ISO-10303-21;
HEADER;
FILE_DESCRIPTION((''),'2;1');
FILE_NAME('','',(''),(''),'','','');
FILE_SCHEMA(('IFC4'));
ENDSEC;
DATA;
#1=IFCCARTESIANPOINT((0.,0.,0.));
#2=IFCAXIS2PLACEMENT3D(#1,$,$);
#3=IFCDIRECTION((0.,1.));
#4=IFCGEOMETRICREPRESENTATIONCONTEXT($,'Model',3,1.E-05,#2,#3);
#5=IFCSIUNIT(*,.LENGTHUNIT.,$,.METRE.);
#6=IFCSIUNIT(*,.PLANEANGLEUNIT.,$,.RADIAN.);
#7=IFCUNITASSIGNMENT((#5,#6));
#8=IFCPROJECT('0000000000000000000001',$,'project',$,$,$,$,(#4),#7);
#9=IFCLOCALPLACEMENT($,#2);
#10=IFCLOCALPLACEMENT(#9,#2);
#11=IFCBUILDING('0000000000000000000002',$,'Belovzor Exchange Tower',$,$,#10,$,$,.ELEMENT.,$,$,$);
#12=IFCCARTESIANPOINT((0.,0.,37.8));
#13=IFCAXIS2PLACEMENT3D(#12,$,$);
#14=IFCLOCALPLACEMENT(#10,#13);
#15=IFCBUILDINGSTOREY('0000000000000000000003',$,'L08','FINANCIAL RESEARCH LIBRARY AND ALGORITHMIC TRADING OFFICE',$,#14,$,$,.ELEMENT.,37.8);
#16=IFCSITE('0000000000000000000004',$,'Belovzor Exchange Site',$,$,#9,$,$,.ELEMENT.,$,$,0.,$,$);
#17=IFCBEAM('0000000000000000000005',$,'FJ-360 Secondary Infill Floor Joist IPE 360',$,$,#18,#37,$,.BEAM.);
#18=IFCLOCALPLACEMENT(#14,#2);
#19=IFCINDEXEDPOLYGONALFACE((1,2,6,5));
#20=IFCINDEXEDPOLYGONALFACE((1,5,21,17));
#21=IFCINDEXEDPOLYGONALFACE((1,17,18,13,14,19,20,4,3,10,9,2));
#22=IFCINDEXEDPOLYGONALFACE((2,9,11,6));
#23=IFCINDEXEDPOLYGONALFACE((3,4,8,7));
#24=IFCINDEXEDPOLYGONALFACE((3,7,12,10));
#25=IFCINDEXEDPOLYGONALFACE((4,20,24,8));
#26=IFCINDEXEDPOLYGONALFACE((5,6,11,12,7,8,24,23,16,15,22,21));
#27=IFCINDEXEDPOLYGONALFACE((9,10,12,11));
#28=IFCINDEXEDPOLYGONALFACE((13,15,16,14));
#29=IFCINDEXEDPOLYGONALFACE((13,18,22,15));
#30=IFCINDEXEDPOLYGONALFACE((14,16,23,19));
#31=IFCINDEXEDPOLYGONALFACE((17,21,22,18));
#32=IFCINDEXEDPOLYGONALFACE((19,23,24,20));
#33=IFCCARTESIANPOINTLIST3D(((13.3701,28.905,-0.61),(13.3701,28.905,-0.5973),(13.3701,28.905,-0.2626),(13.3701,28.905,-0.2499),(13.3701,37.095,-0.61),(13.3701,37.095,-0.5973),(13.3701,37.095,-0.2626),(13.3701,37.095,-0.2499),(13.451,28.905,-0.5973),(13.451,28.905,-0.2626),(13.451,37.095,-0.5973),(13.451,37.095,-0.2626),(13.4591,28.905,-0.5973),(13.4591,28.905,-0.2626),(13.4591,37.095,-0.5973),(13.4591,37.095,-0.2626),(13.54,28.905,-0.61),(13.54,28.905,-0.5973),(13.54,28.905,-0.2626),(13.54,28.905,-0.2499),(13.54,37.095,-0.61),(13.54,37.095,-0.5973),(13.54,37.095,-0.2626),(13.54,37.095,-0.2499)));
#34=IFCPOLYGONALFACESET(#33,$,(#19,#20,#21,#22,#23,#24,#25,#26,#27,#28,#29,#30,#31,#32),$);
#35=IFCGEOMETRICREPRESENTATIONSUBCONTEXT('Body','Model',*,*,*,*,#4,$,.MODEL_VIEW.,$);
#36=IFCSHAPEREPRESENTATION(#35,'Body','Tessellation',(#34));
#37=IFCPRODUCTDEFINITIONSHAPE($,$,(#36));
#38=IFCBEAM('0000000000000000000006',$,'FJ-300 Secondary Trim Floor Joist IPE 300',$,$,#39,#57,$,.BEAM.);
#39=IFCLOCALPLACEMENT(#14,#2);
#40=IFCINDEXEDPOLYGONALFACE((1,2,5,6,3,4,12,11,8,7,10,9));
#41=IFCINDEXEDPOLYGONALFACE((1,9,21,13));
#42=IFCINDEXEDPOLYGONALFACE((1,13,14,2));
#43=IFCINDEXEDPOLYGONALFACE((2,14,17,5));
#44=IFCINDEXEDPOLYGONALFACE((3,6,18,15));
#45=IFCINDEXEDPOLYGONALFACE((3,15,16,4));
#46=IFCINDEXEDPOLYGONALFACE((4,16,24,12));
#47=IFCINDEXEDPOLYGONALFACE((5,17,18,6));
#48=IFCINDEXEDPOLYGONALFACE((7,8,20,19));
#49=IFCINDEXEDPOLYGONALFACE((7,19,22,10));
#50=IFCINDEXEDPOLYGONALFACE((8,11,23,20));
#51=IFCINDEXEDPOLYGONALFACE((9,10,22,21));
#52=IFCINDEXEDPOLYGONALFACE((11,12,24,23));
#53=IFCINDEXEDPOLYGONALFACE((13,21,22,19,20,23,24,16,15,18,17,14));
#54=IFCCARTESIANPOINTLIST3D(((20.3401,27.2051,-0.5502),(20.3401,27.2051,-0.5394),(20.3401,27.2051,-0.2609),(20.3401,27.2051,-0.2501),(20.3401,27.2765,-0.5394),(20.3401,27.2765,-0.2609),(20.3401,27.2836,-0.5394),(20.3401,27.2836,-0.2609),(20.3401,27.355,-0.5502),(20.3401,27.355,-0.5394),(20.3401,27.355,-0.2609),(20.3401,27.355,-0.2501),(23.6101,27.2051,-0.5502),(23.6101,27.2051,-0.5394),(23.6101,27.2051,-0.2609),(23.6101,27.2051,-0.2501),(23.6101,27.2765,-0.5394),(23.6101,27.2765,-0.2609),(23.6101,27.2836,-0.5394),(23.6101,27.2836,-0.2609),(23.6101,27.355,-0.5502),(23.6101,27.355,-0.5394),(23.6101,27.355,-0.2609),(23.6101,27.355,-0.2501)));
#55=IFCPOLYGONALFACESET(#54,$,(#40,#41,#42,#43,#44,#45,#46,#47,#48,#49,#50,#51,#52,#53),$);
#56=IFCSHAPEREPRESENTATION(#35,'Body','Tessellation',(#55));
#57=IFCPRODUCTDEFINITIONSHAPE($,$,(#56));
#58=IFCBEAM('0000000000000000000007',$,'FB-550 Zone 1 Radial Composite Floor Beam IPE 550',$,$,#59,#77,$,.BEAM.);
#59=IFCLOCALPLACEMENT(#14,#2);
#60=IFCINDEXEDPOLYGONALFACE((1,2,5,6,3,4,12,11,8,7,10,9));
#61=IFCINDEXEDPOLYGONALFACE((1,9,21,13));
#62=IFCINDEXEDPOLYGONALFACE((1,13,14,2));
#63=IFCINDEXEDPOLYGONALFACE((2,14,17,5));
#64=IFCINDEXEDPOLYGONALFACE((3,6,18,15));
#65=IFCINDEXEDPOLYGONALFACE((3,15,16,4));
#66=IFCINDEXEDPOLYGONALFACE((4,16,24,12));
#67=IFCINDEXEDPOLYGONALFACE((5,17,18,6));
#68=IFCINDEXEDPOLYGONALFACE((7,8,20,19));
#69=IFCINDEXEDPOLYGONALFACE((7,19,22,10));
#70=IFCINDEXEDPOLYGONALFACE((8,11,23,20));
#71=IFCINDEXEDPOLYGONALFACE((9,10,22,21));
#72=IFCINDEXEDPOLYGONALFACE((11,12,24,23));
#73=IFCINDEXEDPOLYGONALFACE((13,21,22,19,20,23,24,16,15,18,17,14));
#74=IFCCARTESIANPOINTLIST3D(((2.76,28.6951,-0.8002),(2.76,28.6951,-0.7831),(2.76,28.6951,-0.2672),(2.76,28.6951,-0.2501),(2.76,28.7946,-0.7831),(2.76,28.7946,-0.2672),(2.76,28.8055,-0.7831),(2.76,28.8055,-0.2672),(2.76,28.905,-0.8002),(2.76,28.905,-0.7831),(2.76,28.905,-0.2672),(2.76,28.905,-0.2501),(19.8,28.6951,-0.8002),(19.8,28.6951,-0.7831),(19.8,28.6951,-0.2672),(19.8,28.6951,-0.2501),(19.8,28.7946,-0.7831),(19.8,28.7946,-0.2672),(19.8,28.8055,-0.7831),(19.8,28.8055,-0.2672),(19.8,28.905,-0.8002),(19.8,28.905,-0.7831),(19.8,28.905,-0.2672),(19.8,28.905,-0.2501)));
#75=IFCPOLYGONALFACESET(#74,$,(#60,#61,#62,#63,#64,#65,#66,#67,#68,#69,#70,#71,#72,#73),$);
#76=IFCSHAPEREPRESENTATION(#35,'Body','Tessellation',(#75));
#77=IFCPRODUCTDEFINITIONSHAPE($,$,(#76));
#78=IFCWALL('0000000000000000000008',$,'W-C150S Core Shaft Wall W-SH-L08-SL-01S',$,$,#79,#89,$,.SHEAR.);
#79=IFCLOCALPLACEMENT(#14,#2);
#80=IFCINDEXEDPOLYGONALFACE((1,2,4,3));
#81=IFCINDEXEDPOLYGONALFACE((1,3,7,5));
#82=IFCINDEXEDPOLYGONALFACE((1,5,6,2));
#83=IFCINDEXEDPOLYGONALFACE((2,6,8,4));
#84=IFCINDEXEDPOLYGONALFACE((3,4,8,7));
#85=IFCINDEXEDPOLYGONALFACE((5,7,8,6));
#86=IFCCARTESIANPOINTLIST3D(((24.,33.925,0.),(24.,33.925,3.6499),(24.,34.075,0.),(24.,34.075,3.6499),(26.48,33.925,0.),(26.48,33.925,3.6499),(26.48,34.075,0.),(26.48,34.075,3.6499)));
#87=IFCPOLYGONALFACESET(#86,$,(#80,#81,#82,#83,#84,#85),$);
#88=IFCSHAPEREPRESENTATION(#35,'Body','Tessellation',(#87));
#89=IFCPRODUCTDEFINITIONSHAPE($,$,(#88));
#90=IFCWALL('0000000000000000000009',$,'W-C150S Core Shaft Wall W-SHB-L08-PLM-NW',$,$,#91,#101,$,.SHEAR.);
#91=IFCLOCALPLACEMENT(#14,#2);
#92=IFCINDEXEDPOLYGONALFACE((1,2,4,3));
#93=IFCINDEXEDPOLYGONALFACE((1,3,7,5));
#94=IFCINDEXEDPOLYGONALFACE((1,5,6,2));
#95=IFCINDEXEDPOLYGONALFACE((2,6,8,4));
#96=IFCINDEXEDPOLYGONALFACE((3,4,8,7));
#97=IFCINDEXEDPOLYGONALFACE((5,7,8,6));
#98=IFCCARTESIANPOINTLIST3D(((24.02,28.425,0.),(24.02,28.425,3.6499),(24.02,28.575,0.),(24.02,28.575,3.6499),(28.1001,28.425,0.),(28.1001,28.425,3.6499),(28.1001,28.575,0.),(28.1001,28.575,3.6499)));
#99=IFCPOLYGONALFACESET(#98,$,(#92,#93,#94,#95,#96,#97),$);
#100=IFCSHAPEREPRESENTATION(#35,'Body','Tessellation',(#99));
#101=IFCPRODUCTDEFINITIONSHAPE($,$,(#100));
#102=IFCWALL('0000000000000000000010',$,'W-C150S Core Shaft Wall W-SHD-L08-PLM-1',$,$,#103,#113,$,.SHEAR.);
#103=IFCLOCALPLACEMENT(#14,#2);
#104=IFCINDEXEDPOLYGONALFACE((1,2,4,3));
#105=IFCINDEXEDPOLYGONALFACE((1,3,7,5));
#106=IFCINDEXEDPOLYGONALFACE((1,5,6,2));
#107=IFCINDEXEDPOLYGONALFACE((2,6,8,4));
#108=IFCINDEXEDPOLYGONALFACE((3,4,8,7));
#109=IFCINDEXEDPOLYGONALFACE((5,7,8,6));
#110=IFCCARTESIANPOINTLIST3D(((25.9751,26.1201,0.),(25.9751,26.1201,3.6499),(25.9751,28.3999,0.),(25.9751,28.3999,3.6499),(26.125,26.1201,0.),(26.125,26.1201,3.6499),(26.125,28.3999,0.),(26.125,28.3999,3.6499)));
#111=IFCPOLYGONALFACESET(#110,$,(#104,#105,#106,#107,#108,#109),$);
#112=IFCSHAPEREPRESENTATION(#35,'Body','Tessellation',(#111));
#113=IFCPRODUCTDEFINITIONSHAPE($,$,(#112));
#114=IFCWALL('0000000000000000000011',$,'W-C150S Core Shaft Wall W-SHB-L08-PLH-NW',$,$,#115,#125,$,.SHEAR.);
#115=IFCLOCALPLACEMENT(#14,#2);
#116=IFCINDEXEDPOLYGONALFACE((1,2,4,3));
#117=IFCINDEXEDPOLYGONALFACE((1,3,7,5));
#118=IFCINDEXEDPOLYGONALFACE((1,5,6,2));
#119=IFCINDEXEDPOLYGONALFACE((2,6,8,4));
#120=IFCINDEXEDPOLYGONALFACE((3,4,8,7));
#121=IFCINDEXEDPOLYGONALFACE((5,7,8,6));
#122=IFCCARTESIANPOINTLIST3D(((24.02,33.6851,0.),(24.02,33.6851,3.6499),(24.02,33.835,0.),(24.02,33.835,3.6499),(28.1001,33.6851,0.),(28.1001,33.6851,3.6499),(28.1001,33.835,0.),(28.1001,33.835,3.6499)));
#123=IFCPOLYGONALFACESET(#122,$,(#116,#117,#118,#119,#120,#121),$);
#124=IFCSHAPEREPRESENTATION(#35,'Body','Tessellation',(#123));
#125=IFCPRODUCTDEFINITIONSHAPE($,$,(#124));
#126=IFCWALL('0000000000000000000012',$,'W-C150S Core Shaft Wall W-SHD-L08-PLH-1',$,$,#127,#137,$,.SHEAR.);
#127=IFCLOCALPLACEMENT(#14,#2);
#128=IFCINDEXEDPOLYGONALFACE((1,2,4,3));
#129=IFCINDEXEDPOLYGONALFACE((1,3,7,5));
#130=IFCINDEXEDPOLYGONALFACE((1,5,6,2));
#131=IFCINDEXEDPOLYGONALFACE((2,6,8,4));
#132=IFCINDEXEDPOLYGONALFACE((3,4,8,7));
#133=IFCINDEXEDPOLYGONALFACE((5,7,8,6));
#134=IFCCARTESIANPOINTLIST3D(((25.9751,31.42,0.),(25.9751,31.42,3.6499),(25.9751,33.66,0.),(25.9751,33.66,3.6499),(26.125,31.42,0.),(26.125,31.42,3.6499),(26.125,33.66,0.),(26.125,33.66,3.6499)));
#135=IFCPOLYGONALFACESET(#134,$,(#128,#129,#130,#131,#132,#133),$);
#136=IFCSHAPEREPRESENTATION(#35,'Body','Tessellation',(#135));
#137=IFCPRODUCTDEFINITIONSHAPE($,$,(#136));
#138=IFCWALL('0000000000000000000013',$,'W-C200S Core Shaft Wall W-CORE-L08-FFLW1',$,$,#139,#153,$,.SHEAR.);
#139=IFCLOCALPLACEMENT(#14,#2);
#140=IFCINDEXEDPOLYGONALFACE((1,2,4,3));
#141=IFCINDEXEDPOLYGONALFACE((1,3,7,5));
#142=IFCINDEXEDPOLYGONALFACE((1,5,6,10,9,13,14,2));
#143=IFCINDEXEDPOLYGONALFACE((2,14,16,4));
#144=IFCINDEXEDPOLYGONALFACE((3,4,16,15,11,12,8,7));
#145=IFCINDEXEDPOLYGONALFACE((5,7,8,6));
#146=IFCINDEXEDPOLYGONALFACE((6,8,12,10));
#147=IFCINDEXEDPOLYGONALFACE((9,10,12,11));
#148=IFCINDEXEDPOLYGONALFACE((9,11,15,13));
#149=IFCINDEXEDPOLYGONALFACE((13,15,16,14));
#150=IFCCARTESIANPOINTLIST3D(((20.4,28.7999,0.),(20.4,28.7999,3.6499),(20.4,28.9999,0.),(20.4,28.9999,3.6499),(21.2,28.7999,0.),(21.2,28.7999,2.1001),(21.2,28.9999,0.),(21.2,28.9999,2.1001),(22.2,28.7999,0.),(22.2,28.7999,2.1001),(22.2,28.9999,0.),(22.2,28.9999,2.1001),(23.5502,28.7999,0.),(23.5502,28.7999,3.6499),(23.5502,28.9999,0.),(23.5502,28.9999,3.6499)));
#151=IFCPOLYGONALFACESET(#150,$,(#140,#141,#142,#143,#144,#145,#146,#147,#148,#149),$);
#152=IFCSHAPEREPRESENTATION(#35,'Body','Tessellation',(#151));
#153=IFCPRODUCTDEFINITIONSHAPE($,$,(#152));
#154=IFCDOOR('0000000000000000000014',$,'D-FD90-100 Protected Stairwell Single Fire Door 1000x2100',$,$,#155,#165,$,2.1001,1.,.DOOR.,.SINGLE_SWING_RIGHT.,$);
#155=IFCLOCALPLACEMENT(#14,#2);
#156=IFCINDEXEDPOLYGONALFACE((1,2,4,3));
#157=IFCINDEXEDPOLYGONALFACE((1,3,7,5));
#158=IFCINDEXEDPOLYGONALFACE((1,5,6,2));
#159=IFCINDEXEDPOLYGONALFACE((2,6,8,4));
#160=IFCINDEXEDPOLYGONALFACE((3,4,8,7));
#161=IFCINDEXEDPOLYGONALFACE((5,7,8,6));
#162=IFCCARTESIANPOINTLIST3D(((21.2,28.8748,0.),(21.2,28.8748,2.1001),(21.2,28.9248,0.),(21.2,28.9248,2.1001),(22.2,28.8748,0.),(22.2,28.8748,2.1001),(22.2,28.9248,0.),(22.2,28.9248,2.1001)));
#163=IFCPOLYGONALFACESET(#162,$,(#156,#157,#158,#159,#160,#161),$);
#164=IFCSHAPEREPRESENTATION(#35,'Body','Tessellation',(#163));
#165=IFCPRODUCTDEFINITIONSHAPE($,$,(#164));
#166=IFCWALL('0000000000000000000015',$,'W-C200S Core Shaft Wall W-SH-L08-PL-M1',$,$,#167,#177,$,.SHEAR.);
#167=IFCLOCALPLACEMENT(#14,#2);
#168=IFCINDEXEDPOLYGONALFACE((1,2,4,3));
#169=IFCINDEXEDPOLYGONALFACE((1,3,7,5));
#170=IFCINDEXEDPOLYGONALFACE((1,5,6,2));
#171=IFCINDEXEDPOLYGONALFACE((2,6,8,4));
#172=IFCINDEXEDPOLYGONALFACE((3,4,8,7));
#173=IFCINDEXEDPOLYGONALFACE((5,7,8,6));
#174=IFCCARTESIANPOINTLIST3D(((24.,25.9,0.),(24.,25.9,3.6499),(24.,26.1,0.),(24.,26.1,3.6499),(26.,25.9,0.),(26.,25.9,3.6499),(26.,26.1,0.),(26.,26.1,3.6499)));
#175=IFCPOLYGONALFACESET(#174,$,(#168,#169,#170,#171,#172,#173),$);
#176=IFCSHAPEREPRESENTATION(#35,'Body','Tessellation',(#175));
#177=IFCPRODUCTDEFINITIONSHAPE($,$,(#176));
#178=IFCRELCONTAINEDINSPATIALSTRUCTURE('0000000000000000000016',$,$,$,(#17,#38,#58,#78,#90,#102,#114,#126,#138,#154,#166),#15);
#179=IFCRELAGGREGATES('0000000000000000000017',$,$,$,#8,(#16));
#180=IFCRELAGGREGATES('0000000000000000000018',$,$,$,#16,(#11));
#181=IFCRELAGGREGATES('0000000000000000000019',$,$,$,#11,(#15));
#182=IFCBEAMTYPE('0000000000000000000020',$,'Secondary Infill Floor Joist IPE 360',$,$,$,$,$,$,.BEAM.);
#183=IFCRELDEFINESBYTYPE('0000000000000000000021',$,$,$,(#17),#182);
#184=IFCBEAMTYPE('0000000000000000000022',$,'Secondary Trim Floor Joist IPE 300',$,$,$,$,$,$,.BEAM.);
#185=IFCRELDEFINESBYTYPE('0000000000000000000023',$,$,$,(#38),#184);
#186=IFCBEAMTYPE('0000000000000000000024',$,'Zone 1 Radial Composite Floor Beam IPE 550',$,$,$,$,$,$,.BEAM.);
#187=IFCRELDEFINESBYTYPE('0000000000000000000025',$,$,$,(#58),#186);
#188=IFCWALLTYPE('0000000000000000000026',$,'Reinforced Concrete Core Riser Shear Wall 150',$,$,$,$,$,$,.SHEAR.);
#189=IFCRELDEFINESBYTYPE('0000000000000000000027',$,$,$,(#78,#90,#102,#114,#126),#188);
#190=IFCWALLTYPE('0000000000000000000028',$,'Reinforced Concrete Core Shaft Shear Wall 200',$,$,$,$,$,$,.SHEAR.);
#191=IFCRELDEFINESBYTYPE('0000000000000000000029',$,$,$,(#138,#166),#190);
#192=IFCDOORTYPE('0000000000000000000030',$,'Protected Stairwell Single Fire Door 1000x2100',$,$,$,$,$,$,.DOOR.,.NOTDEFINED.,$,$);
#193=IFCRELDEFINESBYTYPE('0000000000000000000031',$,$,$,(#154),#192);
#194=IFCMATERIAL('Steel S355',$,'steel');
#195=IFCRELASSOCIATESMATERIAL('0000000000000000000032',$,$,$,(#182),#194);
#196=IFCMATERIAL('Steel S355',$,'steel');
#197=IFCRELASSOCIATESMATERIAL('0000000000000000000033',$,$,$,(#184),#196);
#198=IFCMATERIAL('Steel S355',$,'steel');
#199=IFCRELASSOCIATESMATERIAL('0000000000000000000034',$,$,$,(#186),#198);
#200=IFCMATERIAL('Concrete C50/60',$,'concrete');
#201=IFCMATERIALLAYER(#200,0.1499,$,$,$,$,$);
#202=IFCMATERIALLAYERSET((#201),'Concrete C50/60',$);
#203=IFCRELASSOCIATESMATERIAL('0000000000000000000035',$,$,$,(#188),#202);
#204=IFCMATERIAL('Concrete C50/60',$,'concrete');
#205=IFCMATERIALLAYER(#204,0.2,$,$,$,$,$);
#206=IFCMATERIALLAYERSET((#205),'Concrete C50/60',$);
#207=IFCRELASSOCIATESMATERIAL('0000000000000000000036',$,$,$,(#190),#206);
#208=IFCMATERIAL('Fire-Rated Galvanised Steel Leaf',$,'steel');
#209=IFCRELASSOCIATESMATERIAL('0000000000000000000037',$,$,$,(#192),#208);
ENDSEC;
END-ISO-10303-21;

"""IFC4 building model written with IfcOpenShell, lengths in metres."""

from ifc_helpers import new_model, si_unit, direction, frame, frame_2d, origin, origin_2d, place, context, subcontext, project, spatial, rectangle, i_section, extrude, material, layer, layer_set, material_profile, profile_set, type_object, element, fill, save


model = new_model("IFC4")

# Units and contexts
model_context = context("Model", 3, precision=1e-05, world=origin(), true_north=direction((0.0, 1.0)))
body_context = subcontext(model_context, "Body", "Model", "MODEL_VIEW")
ifc_project = project(units=[si_unit("LENGTHUNIT", "METRE"), si_unit("PLANEANGLEUNIT", "RADIAN")], contexts=[model_context])

# Site, building, storey
site_placement = place(None, origin())
site = spatial("IfcSite", under=ifc_project, at=site_placement, Name="Belovzor Exchange Site", CompositionType="ELEMENT", RefElevation=0.0)
building_placement = place(site_placement, origin())
building = spatial("IfcBuilding", under=site, at=building_placement, Name="Belovzor Exchange Tower", CompositionType="ELEMENT")
storey_placement = place(building_placement, frame((0.0, 0.0, 37.8)))
storey = spatial("IfcBuildingStorey", under=building, at=storey_placement, Name="L08", Description="FINANCIAL RESEARCH LIBRARY AND ALGORITHMIC TRADING OFFICE", CompositionType="ELEMENT", Elevation=37.8)

# Beams
ifc_material_1 = material(Name="Steel S355", Category="steel")
ifc_material_profile_1 = material_profile(ifc_material_1, i_section(OverallWidth=0.1699, OverallDepth=0.3601, WebThickness=0.0081, FlangeThickness=0.0127, at=origin_2d()))
ifc_profile_set_1 = profile_set([ifc_material_profile_1], Name="Steel S355")
beam_type_1 = type_object("IfcBeamType", Name="Secondary Infill Floor Joist IPE 360", PredefinedType="BEAM", material=ifc_profile_set_1)
beam_1_placement = place(storey_placement, frame((13.4551, 28.905, -0.4299), z_axis=(0.0, 1.0, 0.0), x_axis=(-1.0, 0.0, 0.0)))
element("IfcBeam", 1, at=beam_1_placement, inside=storey, type_object=beam_type_1, Name="FJ-360 Secondary Infill Floor Joist IPE 360", PredefinedType="BEAM", context=body_context, shape_type="SweptSolid", body=[
    extrude(i_section(OverallWidth=0.1699, OverallDepth=0.3601, WebThickness=0.0081, FlangeThickness=0.0127, at=origin_2d()), origin(), (0.0, 0.0, 1.0), 8.1899),
])
ifc_material_2 = material(Name="Steel S355", Category="steel")
ifc_material_profile_2 = material_profile(ifc_material_2, i_section(OverallWidth=0.1499, OverallDepth=0.3, WebThickness=0.0071, FlangeThickness=0.0107, at=origin_2d()))
ifc_profile_set_2 = profile_set([ifc_material_profile_2], Name="Steel S355")
beam_type_2 = type_object("IfcBeamType", Name="Secondary Trim Floor Joist IPE 300", PredefinedType="BEAM", material=ifc_profile_set_2)
beam_2_placement = place(storey_placement, frame((20.3401, 27.28, -0.4001), z_axis=(1.0, 0.0, 0.0), x_axis=(0.0, 1.0, 0.0)))
element("IfcBeam", 2, at=beam_2_placement, inside=storey, type_object=beam_type_2, Name="FJ-300 Secondary Trim Floor Joist IPE 300", PredefinedType="BEAM", context=body_context, shape_type="SweptSolid", body=[
    extrude(i_section(OverallWidth=0.1499, OverallDepth=0.3, WebThickness=0.0071, FlangeThickness=0.0107, at=origin_2d()), origin(), (0.0, 0.0, 1.0), 3.27),
])
ifc_material_3 = material(Name="Steel S355", Category="steel")
ifc_material_profile_3 = material_profile(ifc_material_3, i_section(OverallWidth=0.21, OverallDepth=0.55, WebThickness=0.011, FlangeThickness=0.0171, at=origin_2d()))
ifc_profile_set_3 = profile_set([ifc_material_profile_3], Name="Steel S355")
beam_type_3 = type_object("IfcBeamType", Name="Zone 1 Radial Composite Floor Beam IPE 550", PredefinedType="BEAM", material=ifc_profile_set_3)
beam_3_placement = place(storey_placement, frame((19.8, 28.8, -0.5251), z_axis=(-1.0, 0.0, 0.0), x_axis=(0.0, -1.0, 0.0)))
element("IfcBeam", 3, at=beam_3_placement, inside=storey, type_object=beam_type_3, Name="FB-550 Zone 1 Radial Composite Floor Beam IPE 550", PredefinedType="BEAM", context=body_context, shape_type="SweptSolid", body=[
    extrude(i_section(OverallWidth=0.21, OverallDepth=0.55, WebThickness=0.011, FlangeThickness=0.0171, at=origin_2d()), origin(), (0.0, 0.0, 1.0), 17.04),
])

# Walls
ifc_material_4 = material(Name="Concrete C50/60", Category="concrete")
ifc_layer_1 = layer(ifc_material_4, 0.1499)
ifc_layer_set_1 = layer_set([ifc_layer_1], Name="Concrete C50/60")
wall_type_1 = type_object("IfcWallType", Name="Reinforced Concrete Core Riser Shear Wall 150", PredefinedType="SHEAR", material=ifc_layer_set_1)
wall_1_placement = place(storey_placement, frame((24.0, 34.0, 0.0), z_axis=(0.0, 0.0, 1.0), x_axis=(1.0, 0.0, 0.0)))
element("IfcWall", 4, at=wall_1_placement, inside=storey, type_object=wall_type_1, Name="W-C150S Core Shaft Wall W-SH-L08-SL-01S", PredefinedType="SHEAR", context=body_context, shape_type="SweptSolid", body=[
    extrude(rectangle(XDim=2.48, YDim=0.1499, at=frame_2d((1.24, 0.0))), origin(), (0.0, 0.0, 1.0), 3.6499),
])
wall_2_placement = place(storey_placement, frame((24.02, 28.5, 0.0), z_axis=(0.0, 0.0, 1.0), x_axis=(1.0, 0.0, 0.0)))
element("IfcWall", 5, at=wall_2_placement, inside=storey, type_object=wall_type_1, Name="W-C150S Core Shaft Wall W-SHB-L08-PLM-NW", PredefinedType="SHEAR", context=body_context, shape_type="SweptSolid", body=[
    extrude(rectangle(XDim=4.0801, YDim=0.1499, at=frame_2d((2.04, 0.0))), origin(), (0.0, 0.0, 1.0), 3.6499),
])
wall_3_placement = place(storey_placement, frame((26.05, 26.1201, 0.0), z_axis=(0.0, 0.0, 1.0), x_axis=(0.0, 1.0, 0.0)))
element("IfcWall", 6, at=wall_3_placement, inside=storey, type_object=wall_type_1, Name="W-C150S Core Shaft Wall W-SHD-L08-PLM-1", PredefinedType="SHEAR", context=body_context, shape_type="SweptSolid", body=[
    extrude(rectangle(XDim=2.2798, YDim=0.1499, at=frame_2d((1.1399, 0.0))), origin(), (0.0, 0.0, 1.0), 3.6499),
])
wall_4_placement = place(storey_placement, frame((24.02, 33.76, 0.0), z_axis=(0.0, 0.0, 1.0), x_axis=(1.0, 0.0, 0.0)))
element("IfcWall", 7, at=wall_4_placement, inside=storey, type_object=wall_type_1, Name="W-C150S Core Shaft Wall W-SHB-L08-PLH-NW", PredefinedType="SHEAR", context=body_context, shape_type="SweptSolid", body=[
    extrude(rectangle(XDim=4.0801, YDim=0.1499, at=frame_2d((2.04, 0.0))), origin(), (0.0, 0.0, 1.0), 3.6499),
])
wall_5_placement = place(storey_placement, frame((26.05, 31.4199, 0.0), z_axis=(0.0, 0.0, 1.0), x_axis=(0.0, 1.0, 0.0)))
element("IfcWall", 8, at=wall_5_placement, inside=storey, type_object=wall_type_1, Name="W-C150S Core Shaft Wall W-SHD-L08-PLH-1", PredefinedType="SHEAR", context=body_context, shape_type="SweptSolid", body=[
    extrude(rectangle(XDim=2.24, YDim=0.1499, at=frame_2d((1.1201, 0.0))), origin(), (0.0, 0.0, 1.0), 3.6499),
])

# Wall, opening, door
ifc_material_5 = material(Name="Concrete C50/60", Category="concrete")
ifc_layer_2 = layer(ifc_material_5, 0.2)
ifc_layer_set_2 = layer_set([ifc_layer_2], Name="Concrete C50/60")
wall_type_2 = type_object("IfcWallType", Name="Reinforced Concrete Core Shaft Shear Wall 200", PredefinedType="SHEAR", material=ifc_layer_set_2)
wall_6_placement = place(storey_placement, frame((20.3999, 28.8999, 0.0), z_axis=(0.0, 0.0, 1.0), x_axis=(1.0, 0.0, 0.0)))
wall_6 = element("IfcWall", 9, at=wall_6_placement, inside=storey, type_object=wall_type_2, Name="W-C200S Core Shaft Wall W-CORE-L08-FFLW1", PredefinedType="SHEAR", context=body_context, shape_type="SweptSolid", body=[
    extrude(rectangle(XDim=3.1501, YDim=0.2, at=frame_2d((1.5752, 0.0))), origin(), (0.0, 0.0, 1.0), 3.6499),
])
opening_1_placement = place(wall_6_placement, frame((0.8, 0.0, 0.0)))
opening_1 = element("IfcOpeningElement", 10, at=opening_1_placement, cuts=wall_6, PredefinedType="OPENING", context=body_context, shape_type="SweptSolid", body=[
    extrude(rectangle(XDim=1.0, YDim=2.1001, at=frame_2d((0.5, 1.05))), frame((0.0, 0.1099, 0.0), z_axis=(0.0, -1.0, 0.0), x_axis=(1.0, 0.0, 0.0)), (0.0, 0.0, 1.0), 0.22),
])
ifc_material_6 = material(Name="Fire-Rated Galvanised Steel Leaf", Category="steel")
door_type_1 = type_object("IfcDoorType", Name="Protected Stairwell Single Fire Door 1000x2100", OperationType="NOTDEFINED", PredefinedType="DOOR", material=ifc_material_6)
door_1_placement = place(opening_1_placement, origin())
door_1 = element("IfcDoor", 11, at=door_1_placement, inside=storey, type_object=door_type_1, Name="D-FD90-100 Protected Stairwell Single Fire Door 1000x2100", OperationType="SINGLE_SWING_RIGHT", OverallHeight=2.1001, OverallWidth=1.0, PredefinedType="DOOR", context=body_context, shape_type="SweptSolid", body=[
    extrude(rectangle(XDim=1.0, YDim=2.1001, at=frame_2d((0.5, 1.05))), frame((0.0, 0.0249, 0.0), z_axis=(0.0, -1.0, 0.0), x_axis=(1.0, 0.0, 0.0)), (0.0, 0.0, 1.0), 0.05),
])
fill(opening_1, door_1)

# Wall
for number, where, z_axis, x_axis, name in (
    (12, (24.0, 26.0, 0.0), (0.0, 0.0, 1.0), (1.0, 0.0, 0.0), "W-C200S Core Shaft Wall W-SH-L08-PL-M1"),
):
    element("IfcWall", number, at=place(storey_placement, frame(where, z_axis=z_axis, x_axis=x_axis)), inside=storey, type_object=wall_type_2, Name=name, PredefinedType="SHEAR", context=body_context, shape_type="SweptSolid", body=[
        extrude(rectangle(XDim=2.0, YDim=0.2, at=frame_2d((1.0, 0.0))), origin(), (0.0, 0.0, 1.0), 3.6499),
    ])

save(model, "model.ifc")
